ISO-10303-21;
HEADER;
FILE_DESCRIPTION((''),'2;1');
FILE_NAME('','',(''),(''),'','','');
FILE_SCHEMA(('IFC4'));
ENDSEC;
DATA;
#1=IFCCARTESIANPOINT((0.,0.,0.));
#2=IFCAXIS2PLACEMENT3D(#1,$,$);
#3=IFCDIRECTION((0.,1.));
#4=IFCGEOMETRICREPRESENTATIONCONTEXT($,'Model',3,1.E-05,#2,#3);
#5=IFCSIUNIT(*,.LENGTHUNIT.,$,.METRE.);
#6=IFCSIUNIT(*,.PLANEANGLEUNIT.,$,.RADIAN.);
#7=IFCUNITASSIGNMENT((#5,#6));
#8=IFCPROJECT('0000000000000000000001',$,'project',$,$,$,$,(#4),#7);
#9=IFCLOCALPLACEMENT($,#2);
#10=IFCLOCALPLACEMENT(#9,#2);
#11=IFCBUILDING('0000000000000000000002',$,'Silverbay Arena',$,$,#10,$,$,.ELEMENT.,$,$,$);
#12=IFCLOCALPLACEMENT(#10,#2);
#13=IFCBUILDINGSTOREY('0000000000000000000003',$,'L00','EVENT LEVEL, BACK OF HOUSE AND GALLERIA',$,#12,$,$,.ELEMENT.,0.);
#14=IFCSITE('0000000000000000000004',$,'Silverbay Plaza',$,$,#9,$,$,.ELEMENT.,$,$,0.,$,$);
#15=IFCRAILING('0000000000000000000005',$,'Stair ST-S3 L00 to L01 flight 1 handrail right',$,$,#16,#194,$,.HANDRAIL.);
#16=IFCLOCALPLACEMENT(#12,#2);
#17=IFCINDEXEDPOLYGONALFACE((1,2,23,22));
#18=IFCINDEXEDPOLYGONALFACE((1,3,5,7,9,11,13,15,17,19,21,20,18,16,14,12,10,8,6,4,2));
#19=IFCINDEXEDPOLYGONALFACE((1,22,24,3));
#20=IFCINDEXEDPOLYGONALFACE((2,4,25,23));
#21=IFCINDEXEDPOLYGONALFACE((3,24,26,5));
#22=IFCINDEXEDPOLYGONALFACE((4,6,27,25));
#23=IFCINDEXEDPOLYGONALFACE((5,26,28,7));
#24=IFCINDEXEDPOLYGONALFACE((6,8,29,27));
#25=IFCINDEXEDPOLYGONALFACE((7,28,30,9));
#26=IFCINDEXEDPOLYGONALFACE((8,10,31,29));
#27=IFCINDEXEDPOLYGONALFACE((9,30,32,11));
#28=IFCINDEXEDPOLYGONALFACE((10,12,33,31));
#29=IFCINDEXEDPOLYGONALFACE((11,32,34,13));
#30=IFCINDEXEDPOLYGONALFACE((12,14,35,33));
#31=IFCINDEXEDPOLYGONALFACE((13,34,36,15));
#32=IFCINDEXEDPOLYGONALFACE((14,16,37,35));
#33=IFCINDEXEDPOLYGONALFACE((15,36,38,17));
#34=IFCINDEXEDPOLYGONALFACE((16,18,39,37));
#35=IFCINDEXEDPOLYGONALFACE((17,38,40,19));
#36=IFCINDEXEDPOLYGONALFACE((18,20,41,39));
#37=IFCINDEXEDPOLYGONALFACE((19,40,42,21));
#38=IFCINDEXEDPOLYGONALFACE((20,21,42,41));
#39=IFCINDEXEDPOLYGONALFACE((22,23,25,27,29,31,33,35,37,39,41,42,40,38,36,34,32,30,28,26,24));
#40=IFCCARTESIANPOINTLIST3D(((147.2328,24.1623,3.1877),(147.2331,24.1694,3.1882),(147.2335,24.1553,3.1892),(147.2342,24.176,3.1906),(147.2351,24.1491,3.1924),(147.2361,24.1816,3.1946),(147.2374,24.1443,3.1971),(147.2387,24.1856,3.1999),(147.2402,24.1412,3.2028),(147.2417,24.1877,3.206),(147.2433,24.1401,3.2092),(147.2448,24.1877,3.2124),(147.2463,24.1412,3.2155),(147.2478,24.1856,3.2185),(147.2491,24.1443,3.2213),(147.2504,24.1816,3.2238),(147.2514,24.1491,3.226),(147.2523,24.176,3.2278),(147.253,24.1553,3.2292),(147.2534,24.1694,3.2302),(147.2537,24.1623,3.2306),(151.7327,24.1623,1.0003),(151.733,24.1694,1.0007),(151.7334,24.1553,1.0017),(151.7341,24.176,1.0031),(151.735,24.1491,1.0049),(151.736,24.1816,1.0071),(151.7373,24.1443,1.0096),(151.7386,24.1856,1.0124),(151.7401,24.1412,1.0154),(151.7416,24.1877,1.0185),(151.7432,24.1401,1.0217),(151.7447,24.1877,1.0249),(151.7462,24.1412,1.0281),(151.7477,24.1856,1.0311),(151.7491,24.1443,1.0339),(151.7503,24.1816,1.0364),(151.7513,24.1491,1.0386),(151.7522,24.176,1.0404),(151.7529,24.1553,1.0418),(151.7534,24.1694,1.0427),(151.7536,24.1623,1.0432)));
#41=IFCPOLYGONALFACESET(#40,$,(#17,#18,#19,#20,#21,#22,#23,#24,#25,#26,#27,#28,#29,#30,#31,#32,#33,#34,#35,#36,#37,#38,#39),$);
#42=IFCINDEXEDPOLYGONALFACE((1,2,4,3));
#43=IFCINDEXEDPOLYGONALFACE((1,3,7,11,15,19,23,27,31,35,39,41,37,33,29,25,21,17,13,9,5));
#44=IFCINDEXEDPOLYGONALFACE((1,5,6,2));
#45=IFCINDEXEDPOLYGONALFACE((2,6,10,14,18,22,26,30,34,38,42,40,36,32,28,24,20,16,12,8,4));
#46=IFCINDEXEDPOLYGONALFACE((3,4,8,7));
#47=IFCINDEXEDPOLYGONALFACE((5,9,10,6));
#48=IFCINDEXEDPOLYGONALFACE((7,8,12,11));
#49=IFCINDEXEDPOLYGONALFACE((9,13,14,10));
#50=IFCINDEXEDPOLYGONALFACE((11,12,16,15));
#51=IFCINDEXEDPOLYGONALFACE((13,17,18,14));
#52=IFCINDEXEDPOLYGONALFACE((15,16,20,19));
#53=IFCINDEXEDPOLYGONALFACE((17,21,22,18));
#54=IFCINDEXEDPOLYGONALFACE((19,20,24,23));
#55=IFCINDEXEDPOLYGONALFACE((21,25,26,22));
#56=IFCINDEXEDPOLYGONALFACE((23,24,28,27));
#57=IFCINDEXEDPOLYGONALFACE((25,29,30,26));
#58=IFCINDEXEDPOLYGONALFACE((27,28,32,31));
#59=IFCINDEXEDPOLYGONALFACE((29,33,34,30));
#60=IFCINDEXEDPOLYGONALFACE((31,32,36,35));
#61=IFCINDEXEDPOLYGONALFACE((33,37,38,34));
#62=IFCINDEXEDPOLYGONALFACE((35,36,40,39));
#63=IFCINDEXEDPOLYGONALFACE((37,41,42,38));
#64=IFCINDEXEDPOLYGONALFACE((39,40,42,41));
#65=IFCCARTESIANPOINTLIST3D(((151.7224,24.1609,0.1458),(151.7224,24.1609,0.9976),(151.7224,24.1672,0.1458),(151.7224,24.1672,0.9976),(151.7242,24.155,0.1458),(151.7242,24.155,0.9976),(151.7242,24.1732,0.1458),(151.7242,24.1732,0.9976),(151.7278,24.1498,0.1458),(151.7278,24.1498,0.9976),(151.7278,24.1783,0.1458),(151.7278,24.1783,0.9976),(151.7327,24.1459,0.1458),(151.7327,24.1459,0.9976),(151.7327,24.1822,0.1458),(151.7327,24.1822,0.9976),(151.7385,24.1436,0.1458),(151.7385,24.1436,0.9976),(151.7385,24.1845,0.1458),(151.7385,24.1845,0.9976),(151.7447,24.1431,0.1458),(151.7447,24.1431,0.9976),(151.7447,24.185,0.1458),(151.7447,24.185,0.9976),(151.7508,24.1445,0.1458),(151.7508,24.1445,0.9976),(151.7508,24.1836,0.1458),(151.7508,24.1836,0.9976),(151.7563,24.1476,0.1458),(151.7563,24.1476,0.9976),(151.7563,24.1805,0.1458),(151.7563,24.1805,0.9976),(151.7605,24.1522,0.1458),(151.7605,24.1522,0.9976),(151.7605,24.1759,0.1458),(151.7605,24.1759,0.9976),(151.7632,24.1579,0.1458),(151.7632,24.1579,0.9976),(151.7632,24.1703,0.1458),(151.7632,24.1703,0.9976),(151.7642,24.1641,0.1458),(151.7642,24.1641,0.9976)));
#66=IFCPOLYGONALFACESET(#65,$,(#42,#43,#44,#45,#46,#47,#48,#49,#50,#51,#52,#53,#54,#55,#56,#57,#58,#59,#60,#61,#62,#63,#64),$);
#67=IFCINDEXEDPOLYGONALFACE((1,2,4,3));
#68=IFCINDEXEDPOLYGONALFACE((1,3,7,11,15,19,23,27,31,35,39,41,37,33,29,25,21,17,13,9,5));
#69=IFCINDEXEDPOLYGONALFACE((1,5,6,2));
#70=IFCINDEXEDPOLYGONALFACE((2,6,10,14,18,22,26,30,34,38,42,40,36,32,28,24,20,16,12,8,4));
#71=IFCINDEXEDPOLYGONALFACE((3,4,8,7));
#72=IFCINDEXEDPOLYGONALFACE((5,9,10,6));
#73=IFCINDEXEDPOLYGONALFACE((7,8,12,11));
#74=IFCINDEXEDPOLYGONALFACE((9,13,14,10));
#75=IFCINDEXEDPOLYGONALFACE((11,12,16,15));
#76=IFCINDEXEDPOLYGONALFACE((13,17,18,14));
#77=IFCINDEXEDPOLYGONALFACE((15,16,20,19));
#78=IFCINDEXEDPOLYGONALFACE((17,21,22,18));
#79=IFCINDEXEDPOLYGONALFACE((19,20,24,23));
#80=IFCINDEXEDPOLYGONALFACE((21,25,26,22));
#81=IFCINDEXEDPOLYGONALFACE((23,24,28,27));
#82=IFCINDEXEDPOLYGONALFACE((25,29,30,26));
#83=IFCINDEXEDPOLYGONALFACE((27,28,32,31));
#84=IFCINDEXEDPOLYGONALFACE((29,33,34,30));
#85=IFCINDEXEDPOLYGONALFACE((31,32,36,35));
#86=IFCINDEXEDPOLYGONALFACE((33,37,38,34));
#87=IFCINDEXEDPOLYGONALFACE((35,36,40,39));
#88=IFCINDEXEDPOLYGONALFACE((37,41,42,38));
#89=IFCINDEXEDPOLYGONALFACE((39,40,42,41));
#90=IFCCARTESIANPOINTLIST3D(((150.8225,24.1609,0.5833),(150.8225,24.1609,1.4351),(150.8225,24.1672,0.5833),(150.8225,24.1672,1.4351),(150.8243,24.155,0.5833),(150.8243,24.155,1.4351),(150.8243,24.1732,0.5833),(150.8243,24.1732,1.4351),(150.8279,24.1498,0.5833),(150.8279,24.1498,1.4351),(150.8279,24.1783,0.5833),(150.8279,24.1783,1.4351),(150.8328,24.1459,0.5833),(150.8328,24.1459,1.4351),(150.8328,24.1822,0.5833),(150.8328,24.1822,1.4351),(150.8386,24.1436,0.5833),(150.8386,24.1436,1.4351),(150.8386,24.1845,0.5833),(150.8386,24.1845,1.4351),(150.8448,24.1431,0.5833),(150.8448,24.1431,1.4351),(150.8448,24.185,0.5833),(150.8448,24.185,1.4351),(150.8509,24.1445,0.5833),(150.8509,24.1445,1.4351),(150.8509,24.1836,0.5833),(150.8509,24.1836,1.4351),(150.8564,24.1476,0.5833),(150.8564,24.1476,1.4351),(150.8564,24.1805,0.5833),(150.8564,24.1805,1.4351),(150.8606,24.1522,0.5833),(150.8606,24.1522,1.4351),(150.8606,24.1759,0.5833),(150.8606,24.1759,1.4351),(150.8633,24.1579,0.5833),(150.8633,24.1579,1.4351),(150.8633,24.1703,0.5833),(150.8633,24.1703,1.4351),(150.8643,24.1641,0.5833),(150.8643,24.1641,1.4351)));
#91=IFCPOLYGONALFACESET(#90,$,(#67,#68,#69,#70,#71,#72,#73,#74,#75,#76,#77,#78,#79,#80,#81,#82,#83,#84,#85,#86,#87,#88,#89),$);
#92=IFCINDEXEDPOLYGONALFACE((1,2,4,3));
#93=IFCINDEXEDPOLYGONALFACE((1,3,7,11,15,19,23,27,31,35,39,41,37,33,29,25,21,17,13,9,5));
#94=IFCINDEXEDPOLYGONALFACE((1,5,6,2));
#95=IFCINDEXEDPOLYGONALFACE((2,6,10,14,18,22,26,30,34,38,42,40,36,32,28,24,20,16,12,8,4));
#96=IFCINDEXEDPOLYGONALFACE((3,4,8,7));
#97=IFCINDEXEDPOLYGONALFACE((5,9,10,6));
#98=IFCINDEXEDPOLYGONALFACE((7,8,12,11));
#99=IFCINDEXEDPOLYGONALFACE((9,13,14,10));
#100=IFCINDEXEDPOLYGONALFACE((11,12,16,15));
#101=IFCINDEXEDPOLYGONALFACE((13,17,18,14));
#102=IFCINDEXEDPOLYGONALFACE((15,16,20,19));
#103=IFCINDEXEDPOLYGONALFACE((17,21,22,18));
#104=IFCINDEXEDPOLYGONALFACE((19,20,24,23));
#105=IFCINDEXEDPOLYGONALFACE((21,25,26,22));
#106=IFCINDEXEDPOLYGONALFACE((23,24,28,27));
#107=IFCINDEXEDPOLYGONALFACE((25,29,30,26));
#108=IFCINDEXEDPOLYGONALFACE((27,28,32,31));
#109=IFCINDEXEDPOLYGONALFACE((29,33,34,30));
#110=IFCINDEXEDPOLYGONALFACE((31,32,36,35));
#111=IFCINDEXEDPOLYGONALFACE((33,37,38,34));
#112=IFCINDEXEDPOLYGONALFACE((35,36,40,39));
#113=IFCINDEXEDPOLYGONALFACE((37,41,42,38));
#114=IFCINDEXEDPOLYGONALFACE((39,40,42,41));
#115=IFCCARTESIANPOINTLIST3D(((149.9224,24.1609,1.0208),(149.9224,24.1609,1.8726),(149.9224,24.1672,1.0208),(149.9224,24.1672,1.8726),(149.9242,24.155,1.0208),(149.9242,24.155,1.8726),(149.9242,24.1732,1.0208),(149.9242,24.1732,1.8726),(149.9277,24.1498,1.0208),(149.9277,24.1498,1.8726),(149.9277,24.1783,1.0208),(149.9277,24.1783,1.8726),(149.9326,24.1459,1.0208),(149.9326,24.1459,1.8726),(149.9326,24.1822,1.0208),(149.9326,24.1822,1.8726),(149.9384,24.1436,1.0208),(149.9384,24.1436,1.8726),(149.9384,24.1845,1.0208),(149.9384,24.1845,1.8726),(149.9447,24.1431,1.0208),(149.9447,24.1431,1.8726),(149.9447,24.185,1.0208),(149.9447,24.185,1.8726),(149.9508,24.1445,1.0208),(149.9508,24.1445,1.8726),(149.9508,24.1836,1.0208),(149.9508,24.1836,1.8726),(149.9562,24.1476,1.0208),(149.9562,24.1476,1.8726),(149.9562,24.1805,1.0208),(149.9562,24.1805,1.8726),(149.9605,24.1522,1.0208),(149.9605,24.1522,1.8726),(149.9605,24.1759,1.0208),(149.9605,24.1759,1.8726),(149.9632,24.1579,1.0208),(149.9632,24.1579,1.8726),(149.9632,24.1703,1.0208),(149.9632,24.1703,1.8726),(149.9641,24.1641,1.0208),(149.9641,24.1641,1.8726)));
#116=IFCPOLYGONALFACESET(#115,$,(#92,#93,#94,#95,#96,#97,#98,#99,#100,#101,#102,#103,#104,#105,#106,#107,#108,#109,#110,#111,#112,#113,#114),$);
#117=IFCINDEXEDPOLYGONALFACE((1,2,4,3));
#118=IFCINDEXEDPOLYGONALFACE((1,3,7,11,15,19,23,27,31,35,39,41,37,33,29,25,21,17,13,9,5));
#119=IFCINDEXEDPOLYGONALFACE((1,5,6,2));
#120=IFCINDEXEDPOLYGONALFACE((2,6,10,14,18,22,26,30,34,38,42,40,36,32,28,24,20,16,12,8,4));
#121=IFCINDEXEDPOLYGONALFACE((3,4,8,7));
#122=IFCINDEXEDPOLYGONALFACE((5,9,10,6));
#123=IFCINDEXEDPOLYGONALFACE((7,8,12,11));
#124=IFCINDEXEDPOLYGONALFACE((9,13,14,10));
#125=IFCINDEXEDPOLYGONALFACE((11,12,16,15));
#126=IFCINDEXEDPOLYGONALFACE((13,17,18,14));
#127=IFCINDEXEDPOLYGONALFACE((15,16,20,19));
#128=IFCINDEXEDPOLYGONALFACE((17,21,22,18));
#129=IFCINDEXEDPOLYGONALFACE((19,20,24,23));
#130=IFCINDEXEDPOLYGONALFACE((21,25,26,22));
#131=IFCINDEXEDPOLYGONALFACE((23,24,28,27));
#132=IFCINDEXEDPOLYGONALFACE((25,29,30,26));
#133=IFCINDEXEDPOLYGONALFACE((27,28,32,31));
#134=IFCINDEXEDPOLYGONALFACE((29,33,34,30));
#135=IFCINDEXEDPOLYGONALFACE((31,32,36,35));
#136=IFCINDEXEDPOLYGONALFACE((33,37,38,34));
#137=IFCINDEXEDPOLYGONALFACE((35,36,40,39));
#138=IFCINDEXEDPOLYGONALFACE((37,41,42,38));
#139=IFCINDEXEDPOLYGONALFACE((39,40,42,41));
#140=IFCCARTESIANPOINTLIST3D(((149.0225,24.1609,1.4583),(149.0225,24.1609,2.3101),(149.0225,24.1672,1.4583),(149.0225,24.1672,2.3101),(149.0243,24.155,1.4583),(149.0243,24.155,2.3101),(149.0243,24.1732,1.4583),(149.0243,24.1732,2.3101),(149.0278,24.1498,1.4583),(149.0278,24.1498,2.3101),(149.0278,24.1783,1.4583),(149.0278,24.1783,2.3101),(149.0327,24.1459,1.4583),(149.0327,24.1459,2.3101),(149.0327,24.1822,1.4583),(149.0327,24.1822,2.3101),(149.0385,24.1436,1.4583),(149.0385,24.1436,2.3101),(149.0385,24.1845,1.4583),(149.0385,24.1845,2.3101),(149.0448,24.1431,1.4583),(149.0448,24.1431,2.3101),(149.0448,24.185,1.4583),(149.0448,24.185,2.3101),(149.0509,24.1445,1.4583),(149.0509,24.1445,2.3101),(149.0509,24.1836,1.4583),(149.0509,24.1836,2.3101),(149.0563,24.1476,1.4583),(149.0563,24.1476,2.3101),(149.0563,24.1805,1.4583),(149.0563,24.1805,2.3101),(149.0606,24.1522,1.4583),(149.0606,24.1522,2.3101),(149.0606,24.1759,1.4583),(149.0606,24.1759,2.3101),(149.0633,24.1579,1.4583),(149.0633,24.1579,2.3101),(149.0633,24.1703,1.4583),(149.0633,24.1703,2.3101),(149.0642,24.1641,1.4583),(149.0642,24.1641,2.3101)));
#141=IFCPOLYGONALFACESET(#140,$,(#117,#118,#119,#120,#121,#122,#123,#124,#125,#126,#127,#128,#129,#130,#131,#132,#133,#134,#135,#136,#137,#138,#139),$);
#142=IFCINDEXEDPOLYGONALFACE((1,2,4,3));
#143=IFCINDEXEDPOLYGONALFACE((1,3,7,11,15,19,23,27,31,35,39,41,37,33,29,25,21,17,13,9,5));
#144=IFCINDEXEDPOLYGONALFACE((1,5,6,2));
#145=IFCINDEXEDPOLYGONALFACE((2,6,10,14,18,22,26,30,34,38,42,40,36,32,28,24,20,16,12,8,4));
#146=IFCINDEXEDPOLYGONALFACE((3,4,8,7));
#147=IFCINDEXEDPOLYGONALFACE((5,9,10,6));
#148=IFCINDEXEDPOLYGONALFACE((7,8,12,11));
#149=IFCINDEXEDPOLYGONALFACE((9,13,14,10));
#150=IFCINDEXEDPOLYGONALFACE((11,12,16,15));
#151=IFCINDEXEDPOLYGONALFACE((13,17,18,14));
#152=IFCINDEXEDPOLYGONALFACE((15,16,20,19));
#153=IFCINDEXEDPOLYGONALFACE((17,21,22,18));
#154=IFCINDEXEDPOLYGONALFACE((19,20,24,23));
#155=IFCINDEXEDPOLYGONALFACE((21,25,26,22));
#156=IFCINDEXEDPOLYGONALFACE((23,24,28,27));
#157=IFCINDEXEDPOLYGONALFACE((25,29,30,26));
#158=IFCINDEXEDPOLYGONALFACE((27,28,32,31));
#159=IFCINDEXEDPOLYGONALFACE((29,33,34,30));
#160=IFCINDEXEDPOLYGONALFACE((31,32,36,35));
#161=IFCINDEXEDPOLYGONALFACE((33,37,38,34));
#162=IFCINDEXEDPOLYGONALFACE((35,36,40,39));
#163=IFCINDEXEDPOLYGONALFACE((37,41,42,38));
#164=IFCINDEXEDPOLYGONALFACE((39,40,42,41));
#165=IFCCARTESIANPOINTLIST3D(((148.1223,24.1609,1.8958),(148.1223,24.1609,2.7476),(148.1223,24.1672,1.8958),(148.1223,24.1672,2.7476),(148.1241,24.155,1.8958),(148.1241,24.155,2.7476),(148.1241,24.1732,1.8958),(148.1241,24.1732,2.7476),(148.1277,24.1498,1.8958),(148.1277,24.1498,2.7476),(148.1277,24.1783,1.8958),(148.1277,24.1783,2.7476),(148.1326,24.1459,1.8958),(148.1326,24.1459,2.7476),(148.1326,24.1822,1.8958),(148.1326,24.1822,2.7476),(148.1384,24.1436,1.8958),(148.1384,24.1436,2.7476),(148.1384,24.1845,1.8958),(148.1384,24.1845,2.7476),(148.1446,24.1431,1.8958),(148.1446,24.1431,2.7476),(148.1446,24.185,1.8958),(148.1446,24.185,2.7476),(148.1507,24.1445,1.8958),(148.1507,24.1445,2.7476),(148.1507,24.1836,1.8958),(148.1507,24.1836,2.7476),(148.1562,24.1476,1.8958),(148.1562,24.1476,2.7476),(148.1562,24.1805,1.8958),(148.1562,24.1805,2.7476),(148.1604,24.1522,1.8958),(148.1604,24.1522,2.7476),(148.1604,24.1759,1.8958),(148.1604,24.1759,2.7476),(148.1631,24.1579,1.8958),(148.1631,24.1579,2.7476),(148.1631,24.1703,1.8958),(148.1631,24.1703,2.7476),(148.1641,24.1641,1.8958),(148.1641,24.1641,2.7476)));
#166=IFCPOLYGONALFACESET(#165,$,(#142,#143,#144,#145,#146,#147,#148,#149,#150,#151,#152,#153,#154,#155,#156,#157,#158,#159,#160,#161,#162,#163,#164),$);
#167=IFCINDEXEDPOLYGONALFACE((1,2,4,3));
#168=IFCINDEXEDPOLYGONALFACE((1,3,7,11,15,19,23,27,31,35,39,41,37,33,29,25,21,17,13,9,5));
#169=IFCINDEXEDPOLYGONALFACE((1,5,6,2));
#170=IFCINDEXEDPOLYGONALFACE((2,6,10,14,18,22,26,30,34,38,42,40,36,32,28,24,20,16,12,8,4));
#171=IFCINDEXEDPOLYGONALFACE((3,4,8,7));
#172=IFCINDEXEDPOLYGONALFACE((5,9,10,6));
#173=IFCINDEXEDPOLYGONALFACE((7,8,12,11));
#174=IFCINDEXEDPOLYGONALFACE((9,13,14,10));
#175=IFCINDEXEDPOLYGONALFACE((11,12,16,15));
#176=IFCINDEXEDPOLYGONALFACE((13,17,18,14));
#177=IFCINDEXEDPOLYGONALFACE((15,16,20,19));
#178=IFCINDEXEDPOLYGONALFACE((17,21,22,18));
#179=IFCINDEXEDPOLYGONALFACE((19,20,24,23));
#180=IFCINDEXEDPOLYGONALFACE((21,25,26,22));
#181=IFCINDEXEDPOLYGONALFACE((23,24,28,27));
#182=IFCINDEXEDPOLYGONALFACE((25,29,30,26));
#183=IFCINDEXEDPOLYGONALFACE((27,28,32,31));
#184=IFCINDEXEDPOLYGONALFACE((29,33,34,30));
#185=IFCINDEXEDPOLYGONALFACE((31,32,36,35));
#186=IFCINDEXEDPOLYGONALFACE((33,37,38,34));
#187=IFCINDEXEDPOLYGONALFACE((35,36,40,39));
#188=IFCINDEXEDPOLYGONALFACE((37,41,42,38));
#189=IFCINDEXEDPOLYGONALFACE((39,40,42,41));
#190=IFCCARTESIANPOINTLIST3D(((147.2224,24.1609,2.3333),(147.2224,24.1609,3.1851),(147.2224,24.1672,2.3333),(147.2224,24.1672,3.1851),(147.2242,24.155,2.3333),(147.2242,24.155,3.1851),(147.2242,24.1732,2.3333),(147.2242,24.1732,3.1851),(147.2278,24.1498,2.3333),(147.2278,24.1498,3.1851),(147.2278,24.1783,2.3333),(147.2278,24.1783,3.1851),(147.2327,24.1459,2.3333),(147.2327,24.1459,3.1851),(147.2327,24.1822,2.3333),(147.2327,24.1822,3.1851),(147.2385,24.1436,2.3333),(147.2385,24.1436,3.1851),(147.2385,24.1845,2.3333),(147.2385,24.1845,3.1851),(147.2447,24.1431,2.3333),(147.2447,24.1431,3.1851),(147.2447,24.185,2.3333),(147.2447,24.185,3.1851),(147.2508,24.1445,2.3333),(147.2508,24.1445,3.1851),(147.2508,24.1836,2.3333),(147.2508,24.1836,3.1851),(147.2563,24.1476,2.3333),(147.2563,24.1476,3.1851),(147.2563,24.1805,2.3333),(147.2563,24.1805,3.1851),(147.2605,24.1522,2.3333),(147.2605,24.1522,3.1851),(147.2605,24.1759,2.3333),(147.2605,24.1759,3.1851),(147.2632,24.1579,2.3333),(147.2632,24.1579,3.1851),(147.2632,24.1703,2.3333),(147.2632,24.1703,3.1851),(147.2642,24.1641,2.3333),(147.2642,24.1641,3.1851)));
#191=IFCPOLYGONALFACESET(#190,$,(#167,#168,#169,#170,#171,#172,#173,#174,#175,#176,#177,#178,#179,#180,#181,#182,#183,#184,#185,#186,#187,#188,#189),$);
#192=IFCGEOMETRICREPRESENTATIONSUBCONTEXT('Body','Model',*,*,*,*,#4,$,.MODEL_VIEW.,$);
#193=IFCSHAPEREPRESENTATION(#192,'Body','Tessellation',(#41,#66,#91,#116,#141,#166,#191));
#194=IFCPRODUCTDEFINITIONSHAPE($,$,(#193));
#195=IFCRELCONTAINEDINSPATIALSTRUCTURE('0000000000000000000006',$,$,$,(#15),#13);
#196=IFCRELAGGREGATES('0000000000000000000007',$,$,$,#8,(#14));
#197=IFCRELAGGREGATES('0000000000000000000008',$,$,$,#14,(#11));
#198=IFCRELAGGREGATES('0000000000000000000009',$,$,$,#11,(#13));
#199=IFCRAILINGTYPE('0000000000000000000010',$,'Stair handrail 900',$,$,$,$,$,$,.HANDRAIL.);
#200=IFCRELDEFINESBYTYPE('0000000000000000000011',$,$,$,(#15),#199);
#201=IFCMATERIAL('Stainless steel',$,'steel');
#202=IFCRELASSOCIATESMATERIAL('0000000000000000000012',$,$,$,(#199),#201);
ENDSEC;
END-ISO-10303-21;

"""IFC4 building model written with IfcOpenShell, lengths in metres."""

from ifc_helpers import new_model, si_unit, direction, frame, origin, origin_2d, place, context, subcontext, project, spatial, circle, extrude, material, type_object, element, save


model = new_model("IFC4")

# Units and contexts
model_context = context("Model", 3, precision=1e-05, world=origin(), true_north=direction((0.0, 1.0)))
body_context = subcontext(model_context, "Body", "Model", "MODEL_VIEW")
ifc_project = project(units=[si_unit("LENGTHUNIT", "METRE"), si_unit("PLANEANGLEUNIT", "RADIAN")], contexts=[model_context])

# Site, building, storey
site_placement = place(None, origin())
site = spatial("IfcSite", under=ifc_project, at=site_placement, Name="Silverbay Plaza", CompositionType="ELEMENT", RefElevation=0.0)
building_placement = place(site_placement, origin())
building = spatial("IfcBuilding", under=site, at=building_placement, Name="Silverbay Arena", CompositionType="ELEMENT")
storey_placement = place(building_placement, origin())
storey = spatial("IfcBuildingStorey", under=building, at=storey_placement, Name="L00", Description="EVENT LEVEL, BACK OF HOUSE AND GALLERIA", CompositionType="ELEMENT", Elevation=0.0)

# Railing
ifc_material_1 = material(Name="Stainless steel", Category="steel")
railing_type_1 = type_object("IfcRailingType", Name="Stair handrail 900", PredefinedType="HANDRAIL", material=ifc_material_1)
for number, where, name in (
    (1, (151.7432, 24.1641, 0.1458), "Stair ST-S3 L00 to L01 flight 1 handrail right"),
):
    element("IfcRailing", number, at=place(storey_placement, frame(where)), inside=storey, type_object=railing_type_1, Name=name, PredefinedType="HANDRAIL", context=body_context, shape_type="SweptSolid", body=[
        extrude(circle(Radius=0.0239, at=origin_2d()), frame((0.0, 0.0, 0.876), z_axis=(-0.899368, 0.0, 0.437193), x_axis=(0.0, -1.0, 0.0)), (0.0, 0.0, 1.0), 5.0034),
        extrude(circle(Radius=0.021, at=origin_2d()), origin(), (0.0, 0.0, 1.0), 0.8518),
        extrude(circle(Radius=0.021, at=origin_2d()), frame((-0.8999, 0.0, 0.4375)), (0.0, 0.0, 1.0), 0.8518),
        extrude(circle(Radius=0.021, at=origin_2d()), frame((-1.8, 0.0, 0.875)), (0.0, 0.0, 1.0), 0.8518),
        extrude(circle(Radius=0.021, at=origin_2d()), frame((-2.7, 0.0, 1.3125)), (0.0, 0.0, 1.0), 0.8518),
        extrude(circle(Radius=0.021, at=origin_2d()), frame((-3.6001, 0.0, 1.75)), (0.0, 0.0, 1.0), 0.8518),
        extrude(circle(Radius=0.021, at=origin_2d()), frame((-4.5, 0.0, 2.1875)), (0.0, 0.0, 1.0), 0.8518),
    ])

save(model, "model.ifc")
